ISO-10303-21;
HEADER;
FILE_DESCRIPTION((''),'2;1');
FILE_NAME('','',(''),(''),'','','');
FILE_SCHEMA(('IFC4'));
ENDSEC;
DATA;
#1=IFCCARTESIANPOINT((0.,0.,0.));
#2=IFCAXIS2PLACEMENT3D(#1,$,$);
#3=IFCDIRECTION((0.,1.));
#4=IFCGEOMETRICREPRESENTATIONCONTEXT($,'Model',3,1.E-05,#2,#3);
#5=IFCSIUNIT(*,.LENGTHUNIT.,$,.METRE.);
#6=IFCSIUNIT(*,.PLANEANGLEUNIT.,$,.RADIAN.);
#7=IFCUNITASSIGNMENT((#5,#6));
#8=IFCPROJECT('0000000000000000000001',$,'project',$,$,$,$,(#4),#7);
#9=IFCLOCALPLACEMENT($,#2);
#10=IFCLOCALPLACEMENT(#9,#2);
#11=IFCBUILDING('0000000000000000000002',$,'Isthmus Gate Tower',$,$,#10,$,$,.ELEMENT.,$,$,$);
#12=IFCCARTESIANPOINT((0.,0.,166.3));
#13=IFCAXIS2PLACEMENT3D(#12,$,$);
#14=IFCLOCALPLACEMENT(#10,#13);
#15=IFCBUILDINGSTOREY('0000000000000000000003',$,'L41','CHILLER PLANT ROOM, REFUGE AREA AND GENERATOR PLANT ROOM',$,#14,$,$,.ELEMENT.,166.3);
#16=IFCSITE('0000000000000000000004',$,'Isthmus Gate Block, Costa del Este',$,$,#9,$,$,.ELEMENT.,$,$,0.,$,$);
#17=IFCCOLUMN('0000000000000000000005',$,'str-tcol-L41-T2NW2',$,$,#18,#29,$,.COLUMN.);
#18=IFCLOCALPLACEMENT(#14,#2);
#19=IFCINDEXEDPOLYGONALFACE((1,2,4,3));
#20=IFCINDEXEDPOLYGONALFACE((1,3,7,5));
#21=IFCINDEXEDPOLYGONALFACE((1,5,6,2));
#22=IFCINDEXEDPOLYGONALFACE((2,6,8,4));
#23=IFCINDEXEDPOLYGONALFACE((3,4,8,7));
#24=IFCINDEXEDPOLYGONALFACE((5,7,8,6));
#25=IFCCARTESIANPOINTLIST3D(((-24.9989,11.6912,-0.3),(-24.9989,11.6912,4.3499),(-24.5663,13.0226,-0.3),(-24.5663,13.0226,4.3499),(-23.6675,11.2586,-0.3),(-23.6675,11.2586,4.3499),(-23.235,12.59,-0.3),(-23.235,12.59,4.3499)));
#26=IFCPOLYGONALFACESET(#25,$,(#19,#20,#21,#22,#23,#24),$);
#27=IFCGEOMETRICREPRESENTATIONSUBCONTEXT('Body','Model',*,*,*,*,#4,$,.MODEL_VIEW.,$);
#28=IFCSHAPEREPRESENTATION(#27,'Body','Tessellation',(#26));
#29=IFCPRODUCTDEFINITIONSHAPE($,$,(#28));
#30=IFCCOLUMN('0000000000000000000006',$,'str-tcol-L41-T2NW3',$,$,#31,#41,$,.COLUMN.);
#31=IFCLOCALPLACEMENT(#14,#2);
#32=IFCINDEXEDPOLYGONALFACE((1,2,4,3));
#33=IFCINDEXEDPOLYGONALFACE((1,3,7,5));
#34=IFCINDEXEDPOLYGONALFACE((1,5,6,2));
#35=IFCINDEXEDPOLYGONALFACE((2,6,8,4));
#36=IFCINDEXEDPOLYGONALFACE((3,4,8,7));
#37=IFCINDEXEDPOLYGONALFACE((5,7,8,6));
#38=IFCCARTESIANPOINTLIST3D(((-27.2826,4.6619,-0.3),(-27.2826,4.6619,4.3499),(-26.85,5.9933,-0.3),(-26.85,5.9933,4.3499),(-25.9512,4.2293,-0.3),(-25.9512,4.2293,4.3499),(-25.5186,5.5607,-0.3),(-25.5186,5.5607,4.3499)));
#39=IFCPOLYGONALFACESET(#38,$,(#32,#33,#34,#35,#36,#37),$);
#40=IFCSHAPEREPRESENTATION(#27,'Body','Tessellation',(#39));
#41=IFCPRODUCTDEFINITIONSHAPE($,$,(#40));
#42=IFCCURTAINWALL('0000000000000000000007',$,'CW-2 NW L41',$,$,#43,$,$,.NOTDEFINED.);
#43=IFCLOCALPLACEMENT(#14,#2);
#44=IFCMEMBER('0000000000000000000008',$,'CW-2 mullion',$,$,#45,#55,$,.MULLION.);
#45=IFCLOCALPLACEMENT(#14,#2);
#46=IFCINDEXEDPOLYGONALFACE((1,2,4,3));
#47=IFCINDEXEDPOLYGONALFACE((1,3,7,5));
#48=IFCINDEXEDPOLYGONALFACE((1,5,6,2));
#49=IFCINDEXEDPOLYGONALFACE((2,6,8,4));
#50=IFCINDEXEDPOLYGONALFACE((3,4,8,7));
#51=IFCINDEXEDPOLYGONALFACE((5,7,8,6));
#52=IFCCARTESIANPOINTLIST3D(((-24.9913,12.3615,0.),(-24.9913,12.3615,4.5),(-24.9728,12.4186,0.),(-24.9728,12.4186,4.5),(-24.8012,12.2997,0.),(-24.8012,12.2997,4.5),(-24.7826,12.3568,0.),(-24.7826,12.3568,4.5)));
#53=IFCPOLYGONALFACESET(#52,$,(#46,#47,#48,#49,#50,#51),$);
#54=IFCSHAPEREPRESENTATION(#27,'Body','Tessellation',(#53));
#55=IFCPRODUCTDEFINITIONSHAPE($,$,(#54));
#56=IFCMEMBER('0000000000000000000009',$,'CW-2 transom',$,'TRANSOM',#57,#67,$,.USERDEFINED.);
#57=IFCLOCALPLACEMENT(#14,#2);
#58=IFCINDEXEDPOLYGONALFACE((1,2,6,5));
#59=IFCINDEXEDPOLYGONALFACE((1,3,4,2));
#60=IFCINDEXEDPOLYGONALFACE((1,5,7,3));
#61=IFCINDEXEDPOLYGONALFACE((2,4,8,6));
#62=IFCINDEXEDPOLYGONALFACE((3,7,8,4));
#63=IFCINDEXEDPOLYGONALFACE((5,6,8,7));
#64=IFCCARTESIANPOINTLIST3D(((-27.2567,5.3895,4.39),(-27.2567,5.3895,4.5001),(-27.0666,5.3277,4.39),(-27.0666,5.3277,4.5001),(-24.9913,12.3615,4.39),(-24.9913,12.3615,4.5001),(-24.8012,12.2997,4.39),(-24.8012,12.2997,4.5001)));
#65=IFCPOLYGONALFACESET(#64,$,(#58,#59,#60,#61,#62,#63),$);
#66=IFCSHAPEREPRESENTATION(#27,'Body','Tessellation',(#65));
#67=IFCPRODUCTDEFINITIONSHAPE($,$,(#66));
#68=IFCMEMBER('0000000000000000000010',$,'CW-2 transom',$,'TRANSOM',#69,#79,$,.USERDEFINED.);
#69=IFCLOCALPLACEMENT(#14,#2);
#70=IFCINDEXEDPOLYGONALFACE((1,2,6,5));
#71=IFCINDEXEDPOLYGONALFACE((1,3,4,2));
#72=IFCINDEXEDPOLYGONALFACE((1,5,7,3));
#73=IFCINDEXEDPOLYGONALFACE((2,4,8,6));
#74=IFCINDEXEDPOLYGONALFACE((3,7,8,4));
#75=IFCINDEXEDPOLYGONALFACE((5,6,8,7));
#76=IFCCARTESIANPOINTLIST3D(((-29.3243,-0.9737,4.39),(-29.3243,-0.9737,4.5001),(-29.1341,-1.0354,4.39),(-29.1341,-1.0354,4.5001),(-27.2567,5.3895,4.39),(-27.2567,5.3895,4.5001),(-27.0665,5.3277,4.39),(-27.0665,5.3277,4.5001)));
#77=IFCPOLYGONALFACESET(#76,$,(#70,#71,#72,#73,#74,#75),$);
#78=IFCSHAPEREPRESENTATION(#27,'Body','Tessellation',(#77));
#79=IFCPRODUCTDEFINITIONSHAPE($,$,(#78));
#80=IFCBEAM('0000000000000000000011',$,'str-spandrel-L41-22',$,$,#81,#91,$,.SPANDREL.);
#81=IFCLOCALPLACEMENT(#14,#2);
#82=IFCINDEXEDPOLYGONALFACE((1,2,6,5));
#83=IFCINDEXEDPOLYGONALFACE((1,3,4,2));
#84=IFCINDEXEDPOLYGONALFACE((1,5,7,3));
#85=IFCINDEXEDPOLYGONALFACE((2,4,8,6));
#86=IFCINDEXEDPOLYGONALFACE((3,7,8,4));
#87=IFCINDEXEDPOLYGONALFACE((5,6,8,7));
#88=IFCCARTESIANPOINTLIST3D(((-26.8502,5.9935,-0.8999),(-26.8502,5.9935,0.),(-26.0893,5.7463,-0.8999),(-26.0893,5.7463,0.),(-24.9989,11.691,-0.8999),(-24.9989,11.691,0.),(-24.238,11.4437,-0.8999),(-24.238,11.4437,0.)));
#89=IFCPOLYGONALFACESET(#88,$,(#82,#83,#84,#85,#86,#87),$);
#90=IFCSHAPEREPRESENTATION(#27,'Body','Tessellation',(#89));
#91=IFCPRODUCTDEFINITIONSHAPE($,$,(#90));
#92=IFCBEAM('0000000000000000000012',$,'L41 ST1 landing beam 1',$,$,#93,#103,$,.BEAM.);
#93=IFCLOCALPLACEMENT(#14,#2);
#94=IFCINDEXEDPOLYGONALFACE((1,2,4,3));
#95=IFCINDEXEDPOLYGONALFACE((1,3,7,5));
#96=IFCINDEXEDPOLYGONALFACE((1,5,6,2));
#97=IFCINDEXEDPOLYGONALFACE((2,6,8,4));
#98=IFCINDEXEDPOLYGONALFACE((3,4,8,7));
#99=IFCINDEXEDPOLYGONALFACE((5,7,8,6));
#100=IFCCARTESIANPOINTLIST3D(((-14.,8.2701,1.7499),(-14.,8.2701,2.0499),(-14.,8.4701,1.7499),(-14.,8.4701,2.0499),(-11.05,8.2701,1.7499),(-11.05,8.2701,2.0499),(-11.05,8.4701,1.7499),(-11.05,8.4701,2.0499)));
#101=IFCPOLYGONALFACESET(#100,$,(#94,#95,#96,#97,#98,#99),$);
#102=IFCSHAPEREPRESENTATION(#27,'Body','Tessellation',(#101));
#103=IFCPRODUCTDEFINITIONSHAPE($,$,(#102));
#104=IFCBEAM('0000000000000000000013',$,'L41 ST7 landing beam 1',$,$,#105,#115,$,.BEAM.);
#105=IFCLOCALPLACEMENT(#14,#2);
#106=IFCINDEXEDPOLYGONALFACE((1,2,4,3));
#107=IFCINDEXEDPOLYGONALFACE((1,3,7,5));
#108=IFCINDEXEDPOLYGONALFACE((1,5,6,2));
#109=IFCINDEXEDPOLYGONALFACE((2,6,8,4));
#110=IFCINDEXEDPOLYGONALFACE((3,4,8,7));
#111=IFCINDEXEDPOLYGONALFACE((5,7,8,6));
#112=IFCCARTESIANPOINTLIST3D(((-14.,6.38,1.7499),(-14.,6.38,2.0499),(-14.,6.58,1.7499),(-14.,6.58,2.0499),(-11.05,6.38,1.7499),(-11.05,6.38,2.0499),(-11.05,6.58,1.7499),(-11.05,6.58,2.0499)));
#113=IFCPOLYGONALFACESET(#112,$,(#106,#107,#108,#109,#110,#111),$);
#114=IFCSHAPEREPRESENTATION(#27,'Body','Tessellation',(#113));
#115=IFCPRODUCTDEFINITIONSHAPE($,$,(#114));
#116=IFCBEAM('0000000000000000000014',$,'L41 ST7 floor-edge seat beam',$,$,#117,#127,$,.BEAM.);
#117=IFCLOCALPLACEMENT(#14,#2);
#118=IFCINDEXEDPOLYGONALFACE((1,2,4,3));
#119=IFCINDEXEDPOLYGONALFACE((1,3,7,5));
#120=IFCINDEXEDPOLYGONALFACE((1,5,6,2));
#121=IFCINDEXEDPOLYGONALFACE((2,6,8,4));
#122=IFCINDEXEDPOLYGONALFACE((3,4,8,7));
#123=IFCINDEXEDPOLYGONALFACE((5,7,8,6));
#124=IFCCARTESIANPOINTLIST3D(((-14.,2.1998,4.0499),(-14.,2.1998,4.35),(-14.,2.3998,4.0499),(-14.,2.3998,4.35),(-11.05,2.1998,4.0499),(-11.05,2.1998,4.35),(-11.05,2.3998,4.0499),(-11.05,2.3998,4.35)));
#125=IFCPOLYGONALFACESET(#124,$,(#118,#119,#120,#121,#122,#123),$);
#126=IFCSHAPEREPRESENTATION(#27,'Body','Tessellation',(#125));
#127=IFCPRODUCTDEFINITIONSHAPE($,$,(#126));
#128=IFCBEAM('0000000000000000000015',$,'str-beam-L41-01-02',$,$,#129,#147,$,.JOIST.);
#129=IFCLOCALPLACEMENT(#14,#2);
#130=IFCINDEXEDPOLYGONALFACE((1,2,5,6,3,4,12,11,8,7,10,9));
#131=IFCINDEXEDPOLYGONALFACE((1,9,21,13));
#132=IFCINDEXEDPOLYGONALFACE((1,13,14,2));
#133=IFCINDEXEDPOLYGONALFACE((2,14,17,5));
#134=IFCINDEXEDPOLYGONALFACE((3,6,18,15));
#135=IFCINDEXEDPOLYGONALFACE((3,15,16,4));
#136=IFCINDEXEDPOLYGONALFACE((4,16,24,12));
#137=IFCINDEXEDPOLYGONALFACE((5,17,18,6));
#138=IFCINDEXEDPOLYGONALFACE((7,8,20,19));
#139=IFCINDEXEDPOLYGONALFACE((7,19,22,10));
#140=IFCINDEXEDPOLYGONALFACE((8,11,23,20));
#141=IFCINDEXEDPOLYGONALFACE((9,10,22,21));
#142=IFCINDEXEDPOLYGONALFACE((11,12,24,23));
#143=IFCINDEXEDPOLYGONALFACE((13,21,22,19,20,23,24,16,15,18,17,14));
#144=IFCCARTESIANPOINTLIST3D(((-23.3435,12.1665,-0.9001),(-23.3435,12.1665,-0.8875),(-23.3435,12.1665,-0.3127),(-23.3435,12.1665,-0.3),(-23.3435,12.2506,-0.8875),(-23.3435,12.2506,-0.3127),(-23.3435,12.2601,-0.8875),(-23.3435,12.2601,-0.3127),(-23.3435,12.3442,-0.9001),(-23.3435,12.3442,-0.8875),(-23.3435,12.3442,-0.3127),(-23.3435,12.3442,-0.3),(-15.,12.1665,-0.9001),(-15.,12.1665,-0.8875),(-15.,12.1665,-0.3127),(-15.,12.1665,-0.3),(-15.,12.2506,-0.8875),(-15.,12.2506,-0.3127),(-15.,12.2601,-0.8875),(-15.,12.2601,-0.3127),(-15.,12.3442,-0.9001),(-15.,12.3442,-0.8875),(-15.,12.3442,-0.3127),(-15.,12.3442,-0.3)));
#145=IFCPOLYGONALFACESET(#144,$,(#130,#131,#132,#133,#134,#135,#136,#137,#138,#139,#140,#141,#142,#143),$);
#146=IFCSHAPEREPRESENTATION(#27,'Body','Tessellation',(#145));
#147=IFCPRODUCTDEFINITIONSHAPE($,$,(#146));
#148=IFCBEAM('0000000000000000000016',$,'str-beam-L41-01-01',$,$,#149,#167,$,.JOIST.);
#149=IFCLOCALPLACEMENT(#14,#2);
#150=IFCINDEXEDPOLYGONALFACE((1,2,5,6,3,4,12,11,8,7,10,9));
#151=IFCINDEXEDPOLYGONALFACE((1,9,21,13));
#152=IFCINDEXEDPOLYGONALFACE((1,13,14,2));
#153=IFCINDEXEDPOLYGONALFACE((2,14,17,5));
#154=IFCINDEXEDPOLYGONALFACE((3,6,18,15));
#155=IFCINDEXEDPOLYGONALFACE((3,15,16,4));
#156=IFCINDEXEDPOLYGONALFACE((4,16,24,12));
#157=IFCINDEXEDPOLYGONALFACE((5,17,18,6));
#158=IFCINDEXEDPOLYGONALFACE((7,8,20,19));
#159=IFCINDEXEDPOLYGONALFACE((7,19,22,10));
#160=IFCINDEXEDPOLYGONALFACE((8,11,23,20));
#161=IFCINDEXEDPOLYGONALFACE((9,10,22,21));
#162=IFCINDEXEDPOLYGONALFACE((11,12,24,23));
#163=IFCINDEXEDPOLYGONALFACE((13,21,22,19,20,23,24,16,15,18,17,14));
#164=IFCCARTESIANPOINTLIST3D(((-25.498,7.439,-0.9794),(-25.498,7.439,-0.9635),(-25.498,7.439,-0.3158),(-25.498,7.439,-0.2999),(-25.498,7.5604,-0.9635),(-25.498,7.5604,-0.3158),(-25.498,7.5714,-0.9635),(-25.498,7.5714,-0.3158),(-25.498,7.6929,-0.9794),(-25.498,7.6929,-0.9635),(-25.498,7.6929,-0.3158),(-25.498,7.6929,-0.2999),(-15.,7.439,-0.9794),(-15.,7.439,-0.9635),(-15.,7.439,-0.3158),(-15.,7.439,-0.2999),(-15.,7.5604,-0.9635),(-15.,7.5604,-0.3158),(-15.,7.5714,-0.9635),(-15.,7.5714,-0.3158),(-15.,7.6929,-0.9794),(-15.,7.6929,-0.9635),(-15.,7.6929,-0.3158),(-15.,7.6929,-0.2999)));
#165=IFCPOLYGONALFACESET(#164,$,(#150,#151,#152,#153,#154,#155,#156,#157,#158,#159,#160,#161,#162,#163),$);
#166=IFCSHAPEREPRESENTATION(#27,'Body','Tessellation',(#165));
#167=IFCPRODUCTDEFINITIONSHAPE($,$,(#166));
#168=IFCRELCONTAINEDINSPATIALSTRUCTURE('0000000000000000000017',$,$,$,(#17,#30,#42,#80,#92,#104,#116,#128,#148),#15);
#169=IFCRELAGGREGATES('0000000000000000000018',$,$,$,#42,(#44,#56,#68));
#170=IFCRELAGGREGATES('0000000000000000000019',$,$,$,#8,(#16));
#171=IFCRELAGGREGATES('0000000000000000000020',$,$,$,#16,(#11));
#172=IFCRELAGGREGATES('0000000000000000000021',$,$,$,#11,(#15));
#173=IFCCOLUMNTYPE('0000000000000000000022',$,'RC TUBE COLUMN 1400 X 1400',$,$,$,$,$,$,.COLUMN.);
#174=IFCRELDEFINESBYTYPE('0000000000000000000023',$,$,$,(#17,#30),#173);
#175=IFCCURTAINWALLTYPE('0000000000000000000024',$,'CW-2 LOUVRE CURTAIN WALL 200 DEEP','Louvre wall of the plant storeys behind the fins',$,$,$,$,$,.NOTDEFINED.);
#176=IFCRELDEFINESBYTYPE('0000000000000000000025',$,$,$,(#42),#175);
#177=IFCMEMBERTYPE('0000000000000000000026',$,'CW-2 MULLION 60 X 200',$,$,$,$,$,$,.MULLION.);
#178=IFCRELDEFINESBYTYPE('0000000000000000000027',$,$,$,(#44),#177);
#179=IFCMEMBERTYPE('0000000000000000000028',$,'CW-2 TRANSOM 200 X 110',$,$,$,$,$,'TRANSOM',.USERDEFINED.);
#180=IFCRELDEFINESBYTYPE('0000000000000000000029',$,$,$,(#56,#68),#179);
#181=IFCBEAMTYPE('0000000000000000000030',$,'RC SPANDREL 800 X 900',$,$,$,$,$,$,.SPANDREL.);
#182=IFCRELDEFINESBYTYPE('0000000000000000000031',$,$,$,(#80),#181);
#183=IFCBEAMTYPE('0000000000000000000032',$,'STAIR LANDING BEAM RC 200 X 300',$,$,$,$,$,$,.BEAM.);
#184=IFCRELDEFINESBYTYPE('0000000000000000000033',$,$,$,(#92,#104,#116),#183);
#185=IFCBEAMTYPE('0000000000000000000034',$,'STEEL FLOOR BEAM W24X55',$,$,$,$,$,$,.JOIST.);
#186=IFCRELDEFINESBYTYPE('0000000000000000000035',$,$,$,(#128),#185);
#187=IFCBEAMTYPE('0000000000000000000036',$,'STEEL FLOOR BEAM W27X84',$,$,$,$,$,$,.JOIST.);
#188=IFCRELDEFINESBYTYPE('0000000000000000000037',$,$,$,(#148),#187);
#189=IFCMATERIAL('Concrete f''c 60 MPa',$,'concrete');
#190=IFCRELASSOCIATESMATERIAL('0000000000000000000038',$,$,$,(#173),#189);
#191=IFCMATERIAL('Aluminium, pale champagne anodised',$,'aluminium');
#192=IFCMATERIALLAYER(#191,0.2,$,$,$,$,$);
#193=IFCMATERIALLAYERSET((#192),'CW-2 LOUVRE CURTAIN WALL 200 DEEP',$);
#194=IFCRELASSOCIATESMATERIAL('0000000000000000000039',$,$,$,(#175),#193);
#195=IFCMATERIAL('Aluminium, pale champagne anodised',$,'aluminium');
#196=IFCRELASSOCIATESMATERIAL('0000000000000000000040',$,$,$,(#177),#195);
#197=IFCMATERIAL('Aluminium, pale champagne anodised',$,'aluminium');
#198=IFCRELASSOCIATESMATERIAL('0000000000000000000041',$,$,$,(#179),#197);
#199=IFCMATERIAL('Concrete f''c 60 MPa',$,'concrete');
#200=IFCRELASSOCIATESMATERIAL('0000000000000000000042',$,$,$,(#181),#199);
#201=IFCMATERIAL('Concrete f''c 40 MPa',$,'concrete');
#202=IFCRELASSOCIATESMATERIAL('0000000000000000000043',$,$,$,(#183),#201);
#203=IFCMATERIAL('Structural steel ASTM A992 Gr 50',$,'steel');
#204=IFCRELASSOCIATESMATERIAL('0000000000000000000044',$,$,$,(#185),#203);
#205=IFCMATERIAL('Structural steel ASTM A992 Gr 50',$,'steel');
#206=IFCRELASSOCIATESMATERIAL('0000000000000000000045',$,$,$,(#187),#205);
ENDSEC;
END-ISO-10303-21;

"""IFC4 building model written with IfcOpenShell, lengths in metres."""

from ifc_helpers import new_model, si_unit, direction, frame, origin, origin_2d, place, context, subcontext, project, spatial, rectangle, i_section, extrude, material, layer, layer_set, material_profile, profile_set, type_object, element, aggregate, save


model = new_model("IFC4")

# Units and contexts
model_context = context("Model", 3, precision=1e-05, world=origin(), true_north=direction((0.0, 1.0)))
body_context = subcontext(model_context, "Body", "Model", "MODEL_VIEW")
ifc_project = project(units=[si_unit("LENGTHUNIT", "METRE"), si_unit("PLANEANGLEUNIT", "RADIAN")], contexts=[model_context])

# Site, building, storey
site_placement = place(None, origin())
site = spatial("IfcSite", under=ifc_project, at=site_placement, Name="Isthmus Gate Block, Costa del Este", CompositionType="ELEMENT", RefElevation=0.0)
building_placement = place(site_placement, origin())
building = spatial("IfcBuilding", under=site, at=building_placement, Name="Isthmus Gate Tower", CompositionType="ELEMENT")
storey_placement = place(building_placement, frame((0.0, 0.0, 166.3)))
storey = spatial("IfcBuildingStorey", under=building, at=storey_placement, Name="L41", Description="CHILLER PLANT ROOM, REFUGE AREA AND GENERATOR PLANT ROOM", CompositionType="ELEMENT", Elevation=166.3)

# Columns
ifc_material_1 = material(Name="Concrete f'c 60 MPa", Category="concrete")
ifc_material_profile_1 = material_profile(ifc_material_1, rectangle(XDim=1.3999, YDim=1.3999, at=origin_2d()), Name="RC 1400X1400")
ifc_profile_set_1 = profile_set([ifc_material_profile_1], Name="Concrete f'c 60 MPa")
column_type = type_object("IfcColumnType", Name="RC TUBE COLUMN 1400 X 1400", PredefinedType="COLUMN", material=ifc_profile_set_1)
for number, where, z_axis, x_axis, name in (
    (1, (-24.1169, 12.1406, -0.3), (0.0, 0.0, 1.0), (-0.309017, -0.951057, 0.0), "str-tcol-L41-T2NW2"),
    (2, (-26.4006, 5.1113, -0.3), (0.0, 0.0, 1.0), (-0.309017, -0.951057, 0.0), "str-tcol-L41-T2NW3"),
):
    element("IfcColumn", number, at=place(storey_placement, frame(where, z_axis=z_axis, x_axis=x_axis)), inside=storey, type_object=column_type, Name=name, PredefinedType="COLUMN", context=body_context, shape_type="SweptSolid", body=[
        extrude(rectangle(XDim=1.3999, YDim=1.3999, at=origin_2d()), origin(), (0.0, 0.0, 1.0), 4.6499),
    ])

# Curtain wall, members
ifc_material_2 = material(Name="Aluminium, pale champagne anodised", Category="aluminium")
ifc_layer_1 = layer(ifc_material_2, 0.2)
ifc_layer_set_1 = layer_set([ifc_layer_1], Name="CW-2 LOUVRE CURTAIN WALL 200 DEEP")
curtain_wall_type = type_object("IfcCurtainWallType", Name="CW-2 LOUVRE CURTAIN WALL 200 DEEP", Description="Louvre wall of the plant storeys behind the fins", PredefinedType="NOTDEFINED", material=ifc_layer_set_1)
curtain_wall_placement = place(storey_placement, origin())
curtain_wall = element("IfcCurtainWall", 3, at=curtain_wall_placement, inside=storey, type_object=curtain_wall_type, Name="CW-2 NW L41", PredefinedType="NOTDEFINED")
ifc_material_3 = material(Name="Aluminium, pale champagne anodised", Category="aluminium")
ifc_material_profile_2 = material_profile(ifc_material_3, rectangle(XDim=0.0601, YDim=0.2, at=origin_2d()), Name="60x200")
ifc_profile_set_2 = profile_set([ifc_material_profile_2], Name="Aluminium, pale champagne anodised")
member_type_1 = type_object("IfcMemberType", Name="CW-2 MULLION 60 X 200", PredefinedType="MULLION", material=ifc_profile_set_2)
member_1_placement = place(storey_placement, frame((-24.887, 12.3591, 0.0), z_axis=(0.0, 0.0, 1.0), x_axis=(-0.309017, -0.951057, 0.0)))
member_1 = element("IfcMember", 4, at=member_1_placement, type_object=member_type_1, Name="CW-2 mullion", PredefinedType="MULLION", context=body_context, shape_type="SweptSolid", body=[
    extrude(rectangle(XDim=0.0601, YDim=0.2, at=origin_2d()), origin(), (0.0, 0.0, 1.0), 4.5),
])
ifc_material_4 = material(Name="Aluminium, pale champagne anodised", Category="aluminium")
ifc_material_profile_3 = material_profile(ifc_material_4, rectangle(XDim=0.2, YDim=0.1101, at=origin_2d()), Name="200x110")
ifc_profile_set_3 = profile_set([ifc_material_profile_3], Name="Aluminium, pale champagne anodised")
member_type_2 = type_object("IfcMemberType", Name="CW-2 TRANSOM 200 X 110", ElementType="TRANSOM", PredefinedType="USERDEFINED", material=ifc_profile_set_3)
member_2_placement = place(storey_placement, frame((-24.8962, 12.3306, 4.4451), z_axis=(-0.309025, -0.951054, 0.0), x_axis=(0.951054, -0.309025, 0.0)))
member_2 = element("IfcMember", 5, at=member_2_placement, type_object=member_type_2, Name="CW-2 transom", ObjectType="TRANSOM", PredefinedType="USERDEFINED", context=body_context, shape_type="SweptSolid", body=[
    extrude(rectangle(XDim=0.2, YDim=0.1101, at=origin_2d()), origin(), (0.0, 0.0, 1.0), 7.3308),
])
member_3_placement = place(storey_placement, frame((-27.1616, 5.3586, 4.4451), z_axis=(-0.309027, -0.951053, 0.0), x_axis=(0.951053, -0.309027, 0.0)))
member_3 = element("IfcMember", 6, at=member_3_placement, type_object=member_type_2, Name="CW-2 transom", ObjectType="TRANSOM", PredefinedType="USERDEFINED", context=body_context, shape_type="SweptSolid", body=[
    extrude(rectangle(XDim=0.2, YDim=0.1101, at=origin_2d()), origin(), (0.0, 0.0, 1.0), 6.6907),
])

# Beams
ifc_material_5 = material(Name="Concrete f'c 60 MPa", Category="concrete")
ifc_material_profile_4 = material_profile(ifc_material_5, rectangle(XDim=0.8, YDim=0.8999, at=origin_2d()), Name="RC 800X900")
ifc_profile_set_4 = profile_set([ifc_material_profile_4], Name="Concrete f'c 60 MPa")
beam_type_1 = type_object("IfcBeamType", Name="RC SPANDREL 800 X 900", PredefinedType="SPANDREL", material=ifc_profile_set_4)
beam_1_placement = place(storey_placement, frame((-26.4697, 5.8699, -0.45), z_axis=(0.30903, 0.951052, 0.0), x_axis=(-0.951052, 0.30903, 0.0)))
element("IfcBeam", 7, at=beam_1_placement, inside=storey, type_object=beam_type_1, Name="str-spandrel-L41-22", PredefinedType="SPANDREL", context=body_context, shape_type="SweptSolid", body=[
    extrude(rectangle(XDim=0.8, YDim=0.8999, at=origin_2d()), origin(), (0.0, 0.0, 1.0), 5.9907),
])
ifc_material_6 = material(Name="Concrete f'c 40 MPa", Category="concrete")
ifc_material_profile_5 = material_profile(ifc_material_6, rectangle(XDim=0.2, YDim=0.3, at=origin_2d()), Name="STAIR LANDING BEAM RC 200 X 300")
ifc_profile_set_5 = profile_set([ifc_material_profile_5], Name="Concrete f'c 40 MPa")
beam_type_2 = type_object("IfcBeamType", Name="STAIR LANDING BEAM RC 200 X 300", PredefinedType="BEAM", material=ifc_profile_set_5)
for number, where, z_axis, x_axis, name in (
    (8, (-14.0, 8.3701, 1.8999), (1.0, 0.0, 0.0), (0.0, 1.0, 0.0), "L41 ST1 landing beam 1"),
    (9, (-14.0, 6.48, 1.8999), (1.0, 0.0, 0.0), (0.0, 1.0, 0.0), "L41 ST7 landing beam 1"),
    (10, (-14.0, 2.2998, 4.2), (1.0, 0.0, 0.0), (0.0, 1.0, 0.0), "L41 ST7 floor-edge seat beam"),
):
    element("IfcBeam", number, at=place(storey_placement, frame(where, z_axis=z_axis, x_axis=x_axis)), inside=storey, type_object=beam_type_2, Name=name, PredefinedType="BEAM", context=body_context, shape_type="SweptSolid", body=[
        extrude(rectangle(XDim=0.2, YDim=0.3, at=origin_2d()), origin(), (0.0, 0.0, 1.0), 2.95),
    ])
ifc_material_7 = material(Name="Structural steel ASTM A992 Gr 50", Category="steel")
ifc_material_profile_6 = material_profile(ifc_material_7, i_section(OverallWidth=0.1777, OverallDepth=0.6001, WebThickness=0.0095, FlangeThickness=0.0127, at=origin_2d()), Name="W24X55")
ifc_profile_set_6 = profile_set([ifc_material_profile_6], Name="Structural steel ASTM A992 Gr 50")
beam_type_3 = type_object("IfcBeamType", Name="STEEL FLOOR BEAM W24X55", PredefinedType="JOIST", material=ifc_profile_set_6)
beam_2_placement = place(storey_placement, frame((-23.3435, 12.2554, -0.6001), z_axis=(1.0, 0.0, 0.0), x_axis=(0.0, 1.0, 0.0)))
element("IfcBeam", 11, at=beam_2_placement, inside=storey, type_object=beam_type_3, Name="str-beam-L41-01-02", PredefinedType="JOIST", context=body_context, shape_type="SweptSolid", body=[
    extrude(i_section(OverallWidth=0.1777, OverallDepth=0.6001, WebThickness=0.0095, FlangeThickness=0.0127, at=origin_2d()), origin(), (0.0, 0.0, 1.0), 8.3435),
])
ifc_material_8 = material(Name="Structural steel ASTM A992 Gr 50", Category="steel")
ifc_material_profile_7 = material_profile(ifc_material_8, i_section(OverallWidth=0.2539, OverallDepth=0.6794, WebThickness=0.011, FlangeThickness=0.0159, at=origin_2d()), Name="W27X84")
ifc_profile_set_7 = profile_set([ifc_material_profile_7], Name="Structural steel ASTM A992 Gr 50")
beam_type_4 = type_object("IfcBeamType", Name="STEEL FLOOR BEAM W27X84", PredefinedType="JOIST", material=ifc_profile_set_7)
beam_3_placement = place(storey_placement, frame((-25.498, 7.5659, -0.6396), z_axis=(1.0, 0.0, 0.0), x_axis=(0.0, 1.0, 0.0)))
element("IfcBeam", 12, at=beam_3_placement, inside=storey, type_object=beam_type_4, Name="str-beam-L41-01-01", PredefinedType="JOIST", context=body_context, shape_type="SweptSolid", body=[
    extrude(i_section(OverallWidth=0.2539, OverallDepth=0.6794, WebThickness=0.011, FlangeThickness=0.0159, at=origin_2d()), origin(), (0.0, 0.0, 1.0), 10.498),
])

aggregate(curtain_wall, [member_1, member_2, member_3])

save(model, "model.ifc")
